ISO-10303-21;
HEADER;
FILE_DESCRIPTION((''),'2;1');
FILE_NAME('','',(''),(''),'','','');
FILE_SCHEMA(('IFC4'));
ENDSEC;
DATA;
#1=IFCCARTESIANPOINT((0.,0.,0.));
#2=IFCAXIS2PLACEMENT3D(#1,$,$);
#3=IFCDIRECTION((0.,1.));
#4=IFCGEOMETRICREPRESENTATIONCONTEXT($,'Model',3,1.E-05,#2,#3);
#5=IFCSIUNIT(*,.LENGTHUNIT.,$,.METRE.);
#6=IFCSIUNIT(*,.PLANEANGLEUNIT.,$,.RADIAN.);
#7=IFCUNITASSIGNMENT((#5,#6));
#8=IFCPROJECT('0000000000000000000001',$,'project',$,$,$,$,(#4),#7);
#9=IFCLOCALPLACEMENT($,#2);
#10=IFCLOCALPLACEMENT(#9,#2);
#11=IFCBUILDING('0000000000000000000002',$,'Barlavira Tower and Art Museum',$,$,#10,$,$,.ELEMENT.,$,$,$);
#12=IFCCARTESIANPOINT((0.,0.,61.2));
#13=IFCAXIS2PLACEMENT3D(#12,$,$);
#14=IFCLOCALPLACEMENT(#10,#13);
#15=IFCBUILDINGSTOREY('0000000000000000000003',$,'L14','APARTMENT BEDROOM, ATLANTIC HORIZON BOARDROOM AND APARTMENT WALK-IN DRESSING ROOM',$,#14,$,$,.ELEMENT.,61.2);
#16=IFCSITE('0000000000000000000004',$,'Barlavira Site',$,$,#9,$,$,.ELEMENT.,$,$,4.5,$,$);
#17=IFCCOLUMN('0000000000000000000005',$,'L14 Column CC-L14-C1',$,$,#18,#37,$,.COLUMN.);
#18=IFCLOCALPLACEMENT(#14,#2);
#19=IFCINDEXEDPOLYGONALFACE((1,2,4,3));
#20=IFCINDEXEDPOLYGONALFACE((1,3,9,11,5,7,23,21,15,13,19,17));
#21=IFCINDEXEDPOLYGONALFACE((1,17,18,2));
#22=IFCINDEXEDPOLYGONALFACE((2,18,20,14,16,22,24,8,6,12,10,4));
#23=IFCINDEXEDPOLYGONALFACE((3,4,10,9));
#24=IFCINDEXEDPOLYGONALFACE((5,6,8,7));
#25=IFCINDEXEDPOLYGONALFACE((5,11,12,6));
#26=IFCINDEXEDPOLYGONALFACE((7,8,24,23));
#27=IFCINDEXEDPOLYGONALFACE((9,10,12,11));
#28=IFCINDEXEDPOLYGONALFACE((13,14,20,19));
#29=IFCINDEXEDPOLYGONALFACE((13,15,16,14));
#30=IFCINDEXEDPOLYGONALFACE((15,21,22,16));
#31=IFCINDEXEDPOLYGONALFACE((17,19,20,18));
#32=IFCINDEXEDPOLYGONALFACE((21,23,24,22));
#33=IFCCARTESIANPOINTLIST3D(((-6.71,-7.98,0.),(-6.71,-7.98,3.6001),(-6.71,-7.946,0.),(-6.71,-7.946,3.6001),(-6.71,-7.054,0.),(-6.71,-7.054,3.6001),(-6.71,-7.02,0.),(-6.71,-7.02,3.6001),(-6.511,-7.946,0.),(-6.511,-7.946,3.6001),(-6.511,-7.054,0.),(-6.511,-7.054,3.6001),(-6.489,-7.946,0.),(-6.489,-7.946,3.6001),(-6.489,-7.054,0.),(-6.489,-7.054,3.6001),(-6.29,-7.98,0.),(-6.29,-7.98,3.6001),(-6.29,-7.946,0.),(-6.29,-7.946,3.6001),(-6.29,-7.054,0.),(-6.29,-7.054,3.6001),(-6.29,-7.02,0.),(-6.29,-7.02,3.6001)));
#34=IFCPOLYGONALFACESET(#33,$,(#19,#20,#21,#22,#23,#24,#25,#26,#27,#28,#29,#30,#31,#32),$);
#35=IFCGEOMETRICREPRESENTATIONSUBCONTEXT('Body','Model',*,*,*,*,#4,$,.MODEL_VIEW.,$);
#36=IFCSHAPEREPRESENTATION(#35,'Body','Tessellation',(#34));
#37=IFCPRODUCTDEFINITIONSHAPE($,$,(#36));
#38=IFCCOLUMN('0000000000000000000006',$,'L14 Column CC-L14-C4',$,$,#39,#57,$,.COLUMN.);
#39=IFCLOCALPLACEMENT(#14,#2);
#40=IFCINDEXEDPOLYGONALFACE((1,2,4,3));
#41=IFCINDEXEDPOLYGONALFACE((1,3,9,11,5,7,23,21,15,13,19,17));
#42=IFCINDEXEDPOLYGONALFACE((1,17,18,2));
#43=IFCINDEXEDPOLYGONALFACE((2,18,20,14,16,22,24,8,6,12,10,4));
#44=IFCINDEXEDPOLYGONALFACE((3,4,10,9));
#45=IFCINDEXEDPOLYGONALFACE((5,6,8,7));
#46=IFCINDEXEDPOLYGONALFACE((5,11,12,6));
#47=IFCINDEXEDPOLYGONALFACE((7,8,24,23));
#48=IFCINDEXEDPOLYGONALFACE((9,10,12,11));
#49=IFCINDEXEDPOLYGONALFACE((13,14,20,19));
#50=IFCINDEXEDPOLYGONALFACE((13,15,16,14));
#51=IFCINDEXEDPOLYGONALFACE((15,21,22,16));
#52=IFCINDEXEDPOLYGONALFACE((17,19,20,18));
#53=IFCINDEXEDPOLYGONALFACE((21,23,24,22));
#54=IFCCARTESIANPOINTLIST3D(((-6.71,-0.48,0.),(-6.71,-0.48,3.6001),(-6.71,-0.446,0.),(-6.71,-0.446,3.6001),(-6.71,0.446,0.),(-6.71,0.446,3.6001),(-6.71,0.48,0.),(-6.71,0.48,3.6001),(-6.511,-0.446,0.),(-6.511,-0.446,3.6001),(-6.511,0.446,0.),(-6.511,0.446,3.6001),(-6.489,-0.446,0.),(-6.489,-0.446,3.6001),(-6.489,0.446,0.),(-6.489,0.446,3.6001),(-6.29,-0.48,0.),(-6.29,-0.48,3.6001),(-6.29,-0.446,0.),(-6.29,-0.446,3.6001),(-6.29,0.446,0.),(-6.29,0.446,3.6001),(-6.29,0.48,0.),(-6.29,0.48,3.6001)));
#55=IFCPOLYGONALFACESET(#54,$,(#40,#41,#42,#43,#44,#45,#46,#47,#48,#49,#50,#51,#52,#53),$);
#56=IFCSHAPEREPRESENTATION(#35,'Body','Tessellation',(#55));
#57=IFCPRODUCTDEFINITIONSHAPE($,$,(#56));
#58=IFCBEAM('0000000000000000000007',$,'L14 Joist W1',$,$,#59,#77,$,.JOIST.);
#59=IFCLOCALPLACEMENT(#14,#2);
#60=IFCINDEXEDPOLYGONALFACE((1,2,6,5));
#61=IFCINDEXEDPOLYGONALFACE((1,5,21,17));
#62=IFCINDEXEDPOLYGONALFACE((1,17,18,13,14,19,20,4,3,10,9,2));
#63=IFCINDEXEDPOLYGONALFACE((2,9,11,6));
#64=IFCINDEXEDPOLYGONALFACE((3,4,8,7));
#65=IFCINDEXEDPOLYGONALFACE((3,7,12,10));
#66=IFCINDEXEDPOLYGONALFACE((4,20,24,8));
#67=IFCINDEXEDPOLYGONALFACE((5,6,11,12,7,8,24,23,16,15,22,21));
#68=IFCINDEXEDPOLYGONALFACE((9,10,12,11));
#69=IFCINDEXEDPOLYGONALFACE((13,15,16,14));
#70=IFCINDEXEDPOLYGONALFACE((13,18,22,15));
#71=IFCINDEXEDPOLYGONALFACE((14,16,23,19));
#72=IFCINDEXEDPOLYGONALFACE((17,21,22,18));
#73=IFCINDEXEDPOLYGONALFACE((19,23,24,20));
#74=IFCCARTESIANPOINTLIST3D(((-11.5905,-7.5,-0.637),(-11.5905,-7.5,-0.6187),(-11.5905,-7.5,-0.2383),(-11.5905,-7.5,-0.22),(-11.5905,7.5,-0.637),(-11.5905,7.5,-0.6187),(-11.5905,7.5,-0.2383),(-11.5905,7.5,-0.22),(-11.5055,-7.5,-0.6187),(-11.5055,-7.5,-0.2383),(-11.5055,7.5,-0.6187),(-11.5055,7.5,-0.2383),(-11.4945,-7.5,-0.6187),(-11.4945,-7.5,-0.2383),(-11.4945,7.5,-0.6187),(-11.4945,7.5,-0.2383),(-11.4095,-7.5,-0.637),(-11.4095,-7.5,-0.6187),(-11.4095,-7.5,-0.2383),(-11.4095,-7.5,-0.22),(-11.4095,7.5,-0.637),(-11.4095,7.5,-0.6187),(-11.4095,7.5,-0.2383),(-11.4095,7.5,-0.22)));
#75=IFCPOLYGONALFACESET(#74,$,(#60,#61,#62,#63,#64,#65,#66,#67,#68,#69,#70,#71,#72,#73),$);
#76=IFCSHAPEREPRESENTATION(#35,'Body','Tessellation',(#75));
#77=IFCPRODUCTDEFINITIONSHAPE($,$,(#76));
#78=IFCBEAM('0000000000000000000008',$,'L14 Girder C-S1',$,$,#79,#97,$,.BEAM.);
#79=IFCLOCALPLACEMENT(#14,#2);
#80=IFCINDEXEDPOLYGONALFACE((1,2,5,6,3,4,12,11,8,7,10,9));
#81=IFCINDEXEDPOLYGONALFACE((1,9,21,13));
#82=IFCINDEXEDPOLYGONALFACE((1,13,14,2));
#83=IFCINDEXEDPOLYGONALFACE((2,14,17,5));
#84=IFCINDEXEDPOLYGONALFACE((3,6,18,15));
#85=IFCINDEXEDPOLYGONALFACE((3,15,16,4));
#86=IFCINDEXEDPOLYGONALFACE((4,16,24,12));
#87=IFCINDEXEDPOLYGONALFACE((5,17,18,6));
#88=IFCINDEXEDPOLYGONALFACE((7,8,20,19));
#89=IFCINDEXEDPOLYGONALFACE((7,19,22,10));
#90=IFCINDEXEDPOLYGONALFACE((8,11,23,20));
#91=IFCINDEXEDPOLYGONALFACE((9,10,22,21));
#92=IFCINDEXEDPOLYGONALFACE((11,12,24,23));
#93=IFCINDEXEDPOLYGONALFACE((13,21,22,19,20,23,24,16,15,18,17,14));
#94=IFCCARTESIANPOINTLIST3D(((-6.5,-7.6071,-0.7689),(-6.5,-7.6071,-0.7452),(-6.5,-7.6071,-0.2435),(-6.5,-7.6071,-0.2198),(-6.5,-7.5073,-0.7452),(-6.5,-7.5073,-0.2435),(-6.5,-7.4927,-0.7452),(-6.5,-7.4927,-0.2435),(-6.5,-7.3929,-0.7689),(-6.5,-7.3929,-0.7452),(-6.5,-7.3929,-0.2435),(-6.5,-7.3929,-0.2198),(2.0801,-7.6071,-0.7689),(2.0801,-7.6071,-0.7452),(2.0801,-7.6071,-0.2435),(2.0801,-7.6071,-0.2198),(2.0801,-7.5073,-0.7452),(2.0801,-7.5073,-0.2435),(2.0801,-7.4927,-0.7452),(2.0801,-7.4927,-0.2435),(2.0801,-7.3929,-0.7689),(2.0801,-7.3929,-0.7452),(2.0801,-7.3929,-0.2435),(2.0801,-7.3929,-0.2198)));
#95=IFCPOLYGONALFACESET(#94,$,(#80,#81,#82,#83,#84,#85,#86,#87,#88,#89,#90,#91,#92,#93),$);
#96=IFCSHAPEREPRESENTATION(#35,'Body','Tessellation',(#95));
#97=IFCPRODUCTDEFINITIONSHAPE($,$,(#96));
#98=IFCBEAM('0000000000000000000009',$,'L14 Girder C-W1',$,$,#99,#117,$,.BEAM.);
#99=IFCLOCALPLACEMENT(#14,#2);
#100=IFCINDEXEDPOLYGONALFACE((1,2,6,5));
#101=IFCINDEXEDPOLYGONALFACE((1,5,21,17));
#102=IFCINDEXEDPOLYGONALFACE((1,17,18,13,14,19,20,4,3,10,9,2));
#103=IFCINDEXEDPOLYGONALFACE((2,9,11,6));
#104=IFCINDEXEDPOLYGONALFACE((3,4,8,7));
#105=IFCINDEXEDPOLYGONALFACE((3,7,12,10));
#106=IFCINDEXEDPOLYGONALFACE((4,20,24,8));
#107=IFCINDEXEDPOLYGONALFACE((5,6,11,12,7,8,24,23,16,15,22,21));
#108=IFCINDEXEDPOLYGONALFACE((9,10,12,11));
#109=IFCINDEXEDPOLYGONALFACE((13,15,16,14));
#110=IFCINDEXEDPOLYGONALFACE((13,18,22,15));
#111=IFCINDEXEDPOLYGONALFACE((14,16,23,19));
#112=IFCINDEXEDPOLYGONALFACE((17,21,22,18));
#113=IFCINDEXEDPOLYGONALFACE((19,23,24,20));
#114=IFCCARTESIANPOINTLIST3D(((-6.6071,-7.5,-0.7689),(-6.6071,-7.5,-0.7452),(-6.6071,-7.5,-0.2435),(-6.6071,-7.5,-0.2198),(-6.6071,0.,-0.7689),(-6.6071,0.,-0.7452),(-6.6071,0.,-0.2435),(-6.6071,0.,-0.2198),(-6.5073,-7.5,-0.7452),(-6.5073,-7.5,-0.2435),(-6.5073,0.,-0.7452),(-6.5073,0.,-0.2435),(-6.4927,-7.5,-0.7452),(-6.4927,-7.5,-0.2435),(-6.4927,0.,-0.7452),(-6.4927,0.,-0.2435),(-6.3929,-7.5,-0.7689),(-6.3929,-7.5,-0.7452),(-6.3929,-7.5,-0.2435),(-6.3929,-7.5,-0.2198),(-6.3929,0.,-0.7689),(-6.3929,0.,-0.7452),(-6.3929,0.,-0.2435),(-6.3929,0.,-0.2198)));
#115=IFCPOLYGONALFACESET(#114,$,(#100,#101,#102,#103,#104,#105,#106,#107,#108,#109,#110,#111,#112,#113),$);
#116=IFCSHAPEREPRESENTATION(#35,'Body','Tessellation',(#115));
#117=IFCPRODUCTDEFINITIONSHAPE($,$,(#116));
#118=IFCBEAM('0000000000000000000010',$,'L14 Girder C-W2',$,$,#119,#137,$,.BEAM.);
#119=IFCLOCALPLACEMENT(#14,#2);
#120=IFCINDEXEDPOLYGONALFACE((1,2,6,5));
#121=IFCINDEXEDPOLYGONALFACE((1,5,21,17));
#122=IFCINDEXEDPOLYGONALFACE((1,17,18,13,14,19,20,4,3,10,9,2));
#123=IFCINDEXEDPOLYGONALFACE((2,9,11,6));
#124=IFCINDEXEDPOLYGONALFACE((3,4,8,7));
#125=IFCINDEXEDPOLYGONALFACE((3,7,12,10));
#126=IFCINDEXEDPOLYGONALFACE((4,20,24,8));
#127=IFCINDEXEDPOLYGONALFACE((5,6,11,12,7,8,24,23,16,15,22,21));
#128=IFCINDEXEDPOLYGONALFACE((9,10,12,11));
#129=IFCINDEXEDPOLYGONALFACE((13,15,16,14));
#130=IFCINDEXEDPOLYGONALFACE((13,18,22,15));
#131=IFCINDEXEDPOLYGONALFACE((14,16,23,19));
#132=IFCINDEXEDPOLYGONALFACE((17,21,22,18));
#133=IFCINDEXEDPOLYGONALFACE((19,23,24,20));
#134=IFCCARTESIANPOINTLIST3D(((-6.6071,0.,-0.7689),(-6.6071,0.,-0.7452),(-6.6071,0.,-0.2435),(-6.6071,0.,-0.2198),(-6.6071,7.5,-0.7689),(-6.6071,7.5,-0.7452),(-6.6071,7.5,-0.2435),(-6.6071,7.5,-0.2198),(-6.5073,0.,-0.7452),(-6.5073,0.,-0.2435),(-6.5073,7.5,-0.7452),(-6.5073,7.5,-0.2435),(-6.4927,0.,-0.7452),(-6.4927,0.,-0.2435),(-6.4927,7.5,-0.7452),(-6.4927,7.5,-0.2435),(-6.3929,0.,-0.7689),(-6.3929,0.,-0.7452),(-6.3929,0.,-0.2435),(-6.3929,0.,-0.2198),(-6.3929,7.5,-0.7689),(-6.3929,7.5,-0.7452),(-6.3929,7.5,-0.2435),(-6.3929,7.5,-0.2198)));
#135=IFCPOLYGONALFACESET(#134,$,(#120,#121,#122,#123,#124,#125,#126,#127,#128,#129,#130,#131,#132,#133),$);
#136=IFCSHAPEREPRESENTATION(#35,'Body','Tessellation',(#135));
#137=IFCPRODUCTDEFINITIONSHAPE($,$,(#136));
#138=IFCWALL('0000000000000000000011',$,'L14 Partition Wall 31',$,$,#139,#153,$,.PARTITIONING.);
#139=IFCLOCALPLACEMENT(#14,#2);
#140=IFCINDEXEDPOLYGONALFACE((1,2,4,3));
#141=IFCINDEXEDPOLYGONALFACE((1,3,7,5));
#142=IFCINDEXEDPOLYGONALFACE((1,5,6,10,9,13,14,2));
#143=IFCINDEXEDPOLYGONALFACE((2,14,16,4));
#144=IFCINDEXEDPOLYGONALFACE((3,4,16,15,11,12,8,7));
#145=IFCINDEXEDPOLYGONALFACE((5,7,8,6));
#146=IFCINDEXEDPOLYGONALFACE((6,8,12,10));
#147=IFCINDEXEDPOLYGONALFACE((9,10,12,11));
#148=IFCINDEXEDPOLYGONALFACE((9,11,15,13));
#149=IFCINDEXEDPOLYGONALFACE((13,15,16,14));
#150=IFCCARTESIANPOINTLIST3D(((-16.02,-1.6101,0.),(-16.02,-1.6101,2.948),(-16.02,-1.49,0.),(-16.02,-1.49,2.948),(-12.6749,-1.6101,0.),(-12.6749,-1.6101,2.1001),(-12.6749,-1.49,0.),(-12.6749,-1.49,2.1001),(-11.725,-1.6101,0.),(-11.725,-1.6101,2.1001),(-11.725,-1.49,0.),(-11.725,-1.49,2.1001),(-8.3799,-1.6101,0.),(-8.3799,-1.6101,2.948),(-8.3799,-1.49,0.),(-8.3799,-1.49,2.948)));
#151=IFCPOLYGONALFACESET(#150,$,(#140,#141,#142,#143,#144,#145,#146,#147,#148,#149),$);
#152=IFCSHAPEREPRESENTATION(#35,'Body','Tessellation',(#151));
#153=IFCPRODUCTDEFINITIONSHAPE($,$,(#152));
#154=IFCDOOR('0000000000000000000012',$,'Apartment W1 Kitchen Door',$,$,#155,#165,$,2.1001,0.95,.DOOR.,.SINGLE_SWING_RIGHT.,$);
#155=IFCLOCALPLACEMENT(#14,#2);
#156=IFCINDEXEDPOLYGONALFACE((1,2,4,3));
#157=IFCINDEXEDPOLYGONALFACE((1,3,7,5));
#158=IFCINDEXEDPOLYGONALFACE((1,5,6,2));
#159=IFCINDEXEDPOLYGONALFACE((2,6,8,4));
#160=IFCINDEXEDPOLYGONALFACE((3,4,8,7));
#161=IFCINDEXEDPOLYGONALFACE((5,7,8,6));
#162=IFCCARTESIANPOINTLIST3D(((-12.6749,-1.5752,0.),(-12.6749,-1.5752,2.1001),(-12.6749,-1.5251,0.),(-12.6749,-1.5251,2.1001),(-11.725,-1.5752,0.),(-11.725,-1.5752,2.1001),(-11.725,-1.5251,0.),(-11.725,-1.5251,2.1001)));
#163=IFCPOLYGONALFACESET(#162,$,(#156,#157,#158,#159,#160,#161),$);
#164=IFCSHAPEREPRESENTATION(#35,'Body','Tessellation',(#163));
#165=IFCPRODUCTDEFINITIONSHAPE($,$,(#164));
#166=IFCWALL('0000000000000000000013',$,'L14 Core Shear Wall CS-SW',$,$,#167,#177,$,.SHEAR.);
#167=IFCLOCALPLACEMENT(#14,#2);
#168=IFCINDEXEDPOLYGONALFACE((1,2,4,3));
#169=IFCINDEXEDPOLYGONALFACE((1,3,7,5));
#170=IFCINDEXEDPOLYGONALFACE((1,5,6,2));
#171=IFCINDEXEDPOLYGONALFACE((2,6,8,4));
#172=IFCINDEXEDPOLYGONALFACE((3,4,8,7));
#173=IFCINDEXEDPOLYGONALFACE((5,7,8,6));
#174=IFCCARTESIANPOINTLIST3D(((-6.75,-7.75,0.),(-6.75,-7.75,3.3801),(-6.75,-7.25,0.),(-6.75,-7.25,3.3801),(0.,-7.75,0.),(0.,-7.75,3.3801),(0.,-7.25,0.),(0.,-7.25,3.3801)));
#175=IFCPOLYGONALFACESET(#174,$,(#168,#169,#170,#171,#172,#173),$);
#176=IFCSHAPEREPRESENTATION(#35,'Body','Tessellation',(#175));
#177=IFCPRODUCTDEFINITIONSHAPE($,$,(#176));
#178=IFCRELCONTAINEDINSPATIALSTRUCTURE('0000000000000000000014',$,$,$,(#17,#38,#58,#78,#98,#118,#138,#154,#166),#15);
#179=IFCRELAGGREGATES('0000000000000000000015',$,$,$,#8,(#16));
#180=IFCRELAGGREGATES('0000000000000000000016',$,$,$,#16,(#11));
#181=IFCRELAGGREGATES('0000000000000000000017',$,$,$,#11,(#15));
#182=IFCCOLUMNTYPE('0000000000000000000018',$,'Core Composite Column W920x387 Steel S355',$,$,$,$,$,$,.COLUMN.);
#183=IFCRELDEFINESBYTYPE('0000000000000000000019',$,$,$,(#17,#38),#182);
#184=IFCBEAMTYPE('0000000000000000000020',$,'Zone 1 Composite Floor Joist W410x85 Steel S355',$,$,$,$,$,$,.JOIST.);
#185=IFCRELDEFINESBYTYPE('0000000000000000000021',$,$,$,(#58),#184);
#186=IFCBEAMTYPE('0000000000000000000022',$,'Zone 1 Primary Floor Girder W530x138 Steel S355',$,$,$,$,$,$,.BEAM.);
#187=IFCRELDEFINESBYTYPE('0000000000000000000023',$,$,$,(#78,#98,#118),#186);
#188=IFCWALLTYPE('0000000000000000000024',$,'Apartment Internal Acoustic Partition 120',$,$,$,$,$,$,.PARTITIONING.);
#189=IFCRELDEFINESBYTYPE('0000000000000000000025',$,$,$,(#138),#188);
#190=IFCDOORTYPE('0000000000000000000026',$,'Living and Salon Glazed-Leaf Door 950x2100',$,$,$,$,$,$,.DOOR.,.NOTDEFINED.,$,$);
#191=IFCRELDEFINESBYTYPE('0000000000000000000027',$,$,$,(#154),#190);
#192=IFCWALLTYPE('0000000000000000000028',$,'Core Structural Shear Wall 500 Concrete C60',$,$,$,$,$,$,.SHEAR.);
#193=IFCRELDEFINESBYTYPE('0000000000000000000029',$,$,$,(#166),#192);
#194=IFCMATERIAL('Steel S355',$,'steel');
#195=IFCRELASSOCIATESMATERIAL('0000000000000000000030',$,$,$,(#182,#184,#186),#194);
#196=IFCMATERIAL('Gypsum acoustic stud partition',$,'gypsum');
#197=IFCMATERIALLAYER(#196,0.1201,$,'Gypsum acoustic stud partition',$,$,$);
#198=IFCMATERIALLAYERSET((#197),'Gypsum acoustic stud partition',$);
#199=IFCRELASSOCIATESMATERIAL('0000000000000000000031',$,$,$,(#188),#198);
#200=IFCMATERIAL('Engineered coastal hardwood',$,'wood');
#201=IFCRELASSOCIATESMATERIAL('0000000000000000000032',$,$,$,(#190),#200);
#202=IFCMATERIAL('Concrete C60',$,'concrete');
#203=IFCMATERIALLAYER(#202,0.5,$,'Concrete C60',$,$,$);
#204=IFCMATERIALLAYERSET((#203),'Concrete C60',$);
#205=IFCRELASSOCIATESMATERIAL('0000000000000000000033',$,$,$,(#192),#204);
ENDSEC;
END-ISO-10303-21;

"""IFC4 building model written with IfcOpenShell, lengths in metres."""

from ifc_helpers import new_model, si_unit, direction, frame, frame_2d, origin, origin_2d, place, context, subcontext, project, spatial, rectangle, i_section, extrude, material, layer, layer_set, material_profile, profile_set, type_object, element, fill, save


model = new_model("IFC4")

# Units and contexts
model_context = context("Model", 3, precision=1e-05, world=origin(), true_north=direction((0.0, 1.0)))
body_context = subcontext(model_context, "Body", "Model", "MODEL_VIEW")
ifc_project = project(units=[si_unit("LENGTHUNIT", "METRE"), si_unit("PLANEANGLEUNIT", "RADIAN")], contexts=[model_context])

# Site, building, storey
site_placement = place(None, origin())
site = spatial("IfcSite", under=ifc_project, at=site_placement, Name="Barlavira Site", CompositionType="ELEMENT", RefElevation=4.5)
building_placement = place(site_placement, origin())
building = spatial("IfcBuilding", under=site, at=building_placement, Name="Barlavira Tower and Art Museum", CompositionType="ELEMENT")
storey_placement = place(building_placement, frame((0.0, 0.0, 61.2)))
storey = spatial("IfcBuildingStorey", under=building, at=storey_placement, Name="L14", Description="APARTMENT BEDROOM, ATLANTIC HORIZON BOARDROOM AND APARTMENT WALK-IN DRESSING ROOM", CompositionType="ELEMENT", Elevation=61.2)

# Columns
ifc_material_1 = material(Name="Steel S355", Category="steel")
ifc_material_profile_1 = material_profile(ifc_material_1, i_section(OverallWidth=0.4199, OverallDepth=0.96, WebThickness=0.022, FlangeThickness=0.0339, at=origin_2d()), Name="W920x387.0")
ifc_profile_set_1 = profile_set([ifc_material_profile_1], Name="Steel S355")
column_type = type_object("IfcColumnType", Name="Core Composite Column W920x387 Steel S355", PredefinedType="COLUMN", material=ifc_profile_set_1)
for number, where, z_axis, x_axis, name in (
    (1, (-6.5, -7.5, 0.0), (0.0, 0.0, 1.0), (1.0, 0.0, 0.0), "L14 Column CC-L14-C1"),
    (2, (-6.5, 0.0, 0.0), (0.0, 0.0, 1.0), (1.0, 0.0, 0.0), "L14 Column CC-L14-C4"),
):
    element("IfcColumn", number, at=place(storey_placement, frame(where, z_axis=z_axis, x_axis=x_axis)), inside=storey, type_object=column_type, Name=name, PredefinedType="COLUMN", context=body_context, shape_type="SweptSolid", body=[
        extrude(i_section(OverallWidth=0.4199, OverallDepth=0.96, WebThickness=0.022, FlangeThickness=0.0339, at=origin_2d()), origin(), (0.0, 0.0, 1.0), 3.6001),
    ])

# Beams
ifc_material_profile_2 = material_profile(ifc_material_1, i_section(OverallWidth=0.1809, OverallDepth=0.417, WebThickness=0.011, FlangeThickness=0.0183, at=origin_2d()), Name="W410x85.0")
ifc_profile_set_2 = profile_set([ifc_material_profile_2], Name="Steel S355")
beam_type_1 = type_object("IfcBeamType", Name="Zone 1 Composite Floor Joist W410x85 Steel S355", PredefinedType="JOIST", material=ifc_profile_set_2)
beam_1_placement = place(storey_placement, frame((-11.5, -7.5, -0.4285), z_axis=(0.0, 1.0, 0.0), x_axis=(-1.0, 0.0, 0.0)))
element("IfcBeam", 3, at=beam_1_placement, inside=storey, type_object=beam_type_1, Name="L14 Joist W1", PredefinedType="JOIST", context=body_context, shape_type="SweptSolid", body=[
    extrude(i_section(OverallWidth=0.1809, OverallDepth=0.417, WebThickness=0.011, FlangeThickness=0.0183, at=origin_2d()), origin(), (0.0, 0.0, 1.0), 15.0),
])
ifc_material_profile_3 = material_profile(ifc_material_1, i_section(OverallWidth=0.2141, OverallDepth=0.5491, WebThickness=0.0146, FlangeThickness=0.0237, at=origin_2d()), Name="W530x138.0")
ifc_profile_set_3 = profile_set([ifc_material_profile_3], Name="Steel S355")
beam_type_2 = type_object("IfcBeamType", Name="Zone 1 Primary Floor Girder W530x138 Steel S355", PredefinedType="BEAM", material=ifc_profile_set_3)
beam_2_placement = place(storey_placement, frame((-6.5, -7.5, -0.4944), z_axis=(1.0, 0.0, 0.0), x_axis=(0.0, 1.0, 0.0)))
element("IfcBeam", 4, at=beam_2_placement, inside=storey, type_object=beam_type_2, Name="L14 Girder C-S1", PredefinedType="BEAM", context=body_context, shape_type="SweptSolid", body=[
    extrude(i_section(OverallWidth=0.2141, OverallDepth=0.5491, WebThickness=0.0146, FlangeThickness=0.0237, at=origin_2d()), origin(), (0.0, 0.0, 1.0), 8.5801),
])
for number, where, z_axis, x_axis, name in (
    (5, (-6.5, -7.5, -0.4944), (0.0, 1.0, 0.0), (-1.0, 0.0, 0.0), "L14 Girder C-W1"),
    (6, (-6.5, 0.0, -0.4944), (0.0, 1.0, 0.0), (-1.0, 0.0, 0.0), "L14 Girder C-W2"),
):
    element("IfcBeam", number, at=place(storey_placement, frame(where, z_axis=z_axis, x_axis=x_axis)), inside=storey, type_object=beam_type_2, Name=name, PredefinedType="BEAM", context=body_context, shape_type="SweptSolid", body=[
        extrude(i_section(OverallWidth=0.2141, OverallDepth=0.5491, WebThickness=0.0146, FlangeThickness=0.0237, at=origin_2d()), origin(), (0.0, 0.0, 1.0), 7.5),
    ])

# Wall, opening, door
ifc_material_2 = material(Name="Gypsum acoustic stud partition", Category="gypsum")
ifc_layer_1 = layer(ifc_material_2, 0.1201, Name="Gypsum acoustic stud partition")
ifc_layer_set_1 = layer_set([ifc_layer_1], Name="Gypsum acoustic stud partition")
wall_type_1 = type_object("IfcWallType", Name="Apartment Internal Acoustic Partition 120", PredefinedType="PARTITIONING", material=ifc_layer_set_1)
wall_1_placement = place(storey_placement, frame((-16.02, -1.55, 0.0), z_axis=(0.0, 0.0, 1.0), x_axis=(1.0, 0.0, 0.0)))
wall_1 = element("IfcWall", 7, at=wall_1_placement, inside=storey, type_object=wall_type_1, Name="L14 Partition Wall 31", PredefinedType="PARTITIONING", context=body_context, shape_type="SweptSolid", body=[
    extrude(rectangle(XDim=7.6401, YDim=0.1201, at=frame_2d((3.8201, 0.0))), origin(), (0.0, 0.0, 1.0), 2.948),
])
opening_1_placement = place(wall_1_placement, frame((3.345, 0.0, 0.0)))
opening_1 = element("IfcOpeningElement", 8, at=opening_1_placement, cuts=wall_1, PredefinedType="OPENING", context=body_context, shape_type="SweptSolid", body=[
    extrude(rectangle(XDim=0.95, YDim=2.1001, at=frame_2d((0.4751, 1.05))), frame((0.0, 0.0701, 0.0), z_axis=(0.0, -1.0, 0.0), x_axis=(1.0, 0.0, 0.0)), (0.0, 0.0, 1.0), 0.1401),
])
ifc_material_3 = material(Name="Engineered coastal hardwood", Category="wood")
door_type_1 = type_object("IfcDoorType", Name="Living and Salon Glazed-Leaf Door 950x2100", OperationType="NOTDEFINED", PredefinedType="DOOR", material=ifc_material_3)
door_1_placement = place(opening_1_placement, origin())
door_1 = element("IfcDoor", 9, at=door_1_placement, inside=storey, type_object=door_type_1, Name="Apartment W1 Kitchen Door", OperationType="SINGLE_SWING_RIGHT", OverallHeight=2.1001, OverallWidth=0.95, PredefinedType="DOOR", context=body_context, shape_type="SweptSolid", body=[
    extrude(rectangle(XDim=0.95, YDim=2.1001, at=frame_2d((0.4751, 1.05))), frame((0.0, 0.0249, 0.0), z_axis=(0.0, -1.0, 0.0), x_axis=(1.0, 0.0, 0.0)), (0.0, 0.0, 1.0), 0.05),
])
fill(opening_1, door_1)

# Wall
ifc_material_4 = material(Name="Concrete C60", Category="concrete")
ifc_layer_2 = layer(ifc_material_4, 0.5, Name="Concrete C60")
ifc_layer_set_2 = layer_set([ifc_layer_2], Name="Concrete C60")
wall_type_2 = type_object("IfcWallType", Name="Core Structural Shear Wall 500 Concrete C60", PredefinedType="SHEAR", material=ifc_layer_set_2)
wall_2_placement = place(storey_placement, frame((-6.75, -7.5, 0.0), z_axis=(0.0, 0.0, 1.0), x_axis=(1.0, 0.0, 0.0)))
element("IfcWall", 10, at=wall_2_placement, inside=storey, type_object=wall_type_2, Name="L14 Core Shear Wall CS-SW", PredefinedType="SHEAR", context=body_context, shape_type="SweptSolid", body=[
    extrude(rectangle(XDim=6.75, YDim=0.5, at=frame_2d((3.375, 0.0))), origin(), (0.0, 0.0, 1.0), 3.3801),
])

save(model, "model.ifc")
